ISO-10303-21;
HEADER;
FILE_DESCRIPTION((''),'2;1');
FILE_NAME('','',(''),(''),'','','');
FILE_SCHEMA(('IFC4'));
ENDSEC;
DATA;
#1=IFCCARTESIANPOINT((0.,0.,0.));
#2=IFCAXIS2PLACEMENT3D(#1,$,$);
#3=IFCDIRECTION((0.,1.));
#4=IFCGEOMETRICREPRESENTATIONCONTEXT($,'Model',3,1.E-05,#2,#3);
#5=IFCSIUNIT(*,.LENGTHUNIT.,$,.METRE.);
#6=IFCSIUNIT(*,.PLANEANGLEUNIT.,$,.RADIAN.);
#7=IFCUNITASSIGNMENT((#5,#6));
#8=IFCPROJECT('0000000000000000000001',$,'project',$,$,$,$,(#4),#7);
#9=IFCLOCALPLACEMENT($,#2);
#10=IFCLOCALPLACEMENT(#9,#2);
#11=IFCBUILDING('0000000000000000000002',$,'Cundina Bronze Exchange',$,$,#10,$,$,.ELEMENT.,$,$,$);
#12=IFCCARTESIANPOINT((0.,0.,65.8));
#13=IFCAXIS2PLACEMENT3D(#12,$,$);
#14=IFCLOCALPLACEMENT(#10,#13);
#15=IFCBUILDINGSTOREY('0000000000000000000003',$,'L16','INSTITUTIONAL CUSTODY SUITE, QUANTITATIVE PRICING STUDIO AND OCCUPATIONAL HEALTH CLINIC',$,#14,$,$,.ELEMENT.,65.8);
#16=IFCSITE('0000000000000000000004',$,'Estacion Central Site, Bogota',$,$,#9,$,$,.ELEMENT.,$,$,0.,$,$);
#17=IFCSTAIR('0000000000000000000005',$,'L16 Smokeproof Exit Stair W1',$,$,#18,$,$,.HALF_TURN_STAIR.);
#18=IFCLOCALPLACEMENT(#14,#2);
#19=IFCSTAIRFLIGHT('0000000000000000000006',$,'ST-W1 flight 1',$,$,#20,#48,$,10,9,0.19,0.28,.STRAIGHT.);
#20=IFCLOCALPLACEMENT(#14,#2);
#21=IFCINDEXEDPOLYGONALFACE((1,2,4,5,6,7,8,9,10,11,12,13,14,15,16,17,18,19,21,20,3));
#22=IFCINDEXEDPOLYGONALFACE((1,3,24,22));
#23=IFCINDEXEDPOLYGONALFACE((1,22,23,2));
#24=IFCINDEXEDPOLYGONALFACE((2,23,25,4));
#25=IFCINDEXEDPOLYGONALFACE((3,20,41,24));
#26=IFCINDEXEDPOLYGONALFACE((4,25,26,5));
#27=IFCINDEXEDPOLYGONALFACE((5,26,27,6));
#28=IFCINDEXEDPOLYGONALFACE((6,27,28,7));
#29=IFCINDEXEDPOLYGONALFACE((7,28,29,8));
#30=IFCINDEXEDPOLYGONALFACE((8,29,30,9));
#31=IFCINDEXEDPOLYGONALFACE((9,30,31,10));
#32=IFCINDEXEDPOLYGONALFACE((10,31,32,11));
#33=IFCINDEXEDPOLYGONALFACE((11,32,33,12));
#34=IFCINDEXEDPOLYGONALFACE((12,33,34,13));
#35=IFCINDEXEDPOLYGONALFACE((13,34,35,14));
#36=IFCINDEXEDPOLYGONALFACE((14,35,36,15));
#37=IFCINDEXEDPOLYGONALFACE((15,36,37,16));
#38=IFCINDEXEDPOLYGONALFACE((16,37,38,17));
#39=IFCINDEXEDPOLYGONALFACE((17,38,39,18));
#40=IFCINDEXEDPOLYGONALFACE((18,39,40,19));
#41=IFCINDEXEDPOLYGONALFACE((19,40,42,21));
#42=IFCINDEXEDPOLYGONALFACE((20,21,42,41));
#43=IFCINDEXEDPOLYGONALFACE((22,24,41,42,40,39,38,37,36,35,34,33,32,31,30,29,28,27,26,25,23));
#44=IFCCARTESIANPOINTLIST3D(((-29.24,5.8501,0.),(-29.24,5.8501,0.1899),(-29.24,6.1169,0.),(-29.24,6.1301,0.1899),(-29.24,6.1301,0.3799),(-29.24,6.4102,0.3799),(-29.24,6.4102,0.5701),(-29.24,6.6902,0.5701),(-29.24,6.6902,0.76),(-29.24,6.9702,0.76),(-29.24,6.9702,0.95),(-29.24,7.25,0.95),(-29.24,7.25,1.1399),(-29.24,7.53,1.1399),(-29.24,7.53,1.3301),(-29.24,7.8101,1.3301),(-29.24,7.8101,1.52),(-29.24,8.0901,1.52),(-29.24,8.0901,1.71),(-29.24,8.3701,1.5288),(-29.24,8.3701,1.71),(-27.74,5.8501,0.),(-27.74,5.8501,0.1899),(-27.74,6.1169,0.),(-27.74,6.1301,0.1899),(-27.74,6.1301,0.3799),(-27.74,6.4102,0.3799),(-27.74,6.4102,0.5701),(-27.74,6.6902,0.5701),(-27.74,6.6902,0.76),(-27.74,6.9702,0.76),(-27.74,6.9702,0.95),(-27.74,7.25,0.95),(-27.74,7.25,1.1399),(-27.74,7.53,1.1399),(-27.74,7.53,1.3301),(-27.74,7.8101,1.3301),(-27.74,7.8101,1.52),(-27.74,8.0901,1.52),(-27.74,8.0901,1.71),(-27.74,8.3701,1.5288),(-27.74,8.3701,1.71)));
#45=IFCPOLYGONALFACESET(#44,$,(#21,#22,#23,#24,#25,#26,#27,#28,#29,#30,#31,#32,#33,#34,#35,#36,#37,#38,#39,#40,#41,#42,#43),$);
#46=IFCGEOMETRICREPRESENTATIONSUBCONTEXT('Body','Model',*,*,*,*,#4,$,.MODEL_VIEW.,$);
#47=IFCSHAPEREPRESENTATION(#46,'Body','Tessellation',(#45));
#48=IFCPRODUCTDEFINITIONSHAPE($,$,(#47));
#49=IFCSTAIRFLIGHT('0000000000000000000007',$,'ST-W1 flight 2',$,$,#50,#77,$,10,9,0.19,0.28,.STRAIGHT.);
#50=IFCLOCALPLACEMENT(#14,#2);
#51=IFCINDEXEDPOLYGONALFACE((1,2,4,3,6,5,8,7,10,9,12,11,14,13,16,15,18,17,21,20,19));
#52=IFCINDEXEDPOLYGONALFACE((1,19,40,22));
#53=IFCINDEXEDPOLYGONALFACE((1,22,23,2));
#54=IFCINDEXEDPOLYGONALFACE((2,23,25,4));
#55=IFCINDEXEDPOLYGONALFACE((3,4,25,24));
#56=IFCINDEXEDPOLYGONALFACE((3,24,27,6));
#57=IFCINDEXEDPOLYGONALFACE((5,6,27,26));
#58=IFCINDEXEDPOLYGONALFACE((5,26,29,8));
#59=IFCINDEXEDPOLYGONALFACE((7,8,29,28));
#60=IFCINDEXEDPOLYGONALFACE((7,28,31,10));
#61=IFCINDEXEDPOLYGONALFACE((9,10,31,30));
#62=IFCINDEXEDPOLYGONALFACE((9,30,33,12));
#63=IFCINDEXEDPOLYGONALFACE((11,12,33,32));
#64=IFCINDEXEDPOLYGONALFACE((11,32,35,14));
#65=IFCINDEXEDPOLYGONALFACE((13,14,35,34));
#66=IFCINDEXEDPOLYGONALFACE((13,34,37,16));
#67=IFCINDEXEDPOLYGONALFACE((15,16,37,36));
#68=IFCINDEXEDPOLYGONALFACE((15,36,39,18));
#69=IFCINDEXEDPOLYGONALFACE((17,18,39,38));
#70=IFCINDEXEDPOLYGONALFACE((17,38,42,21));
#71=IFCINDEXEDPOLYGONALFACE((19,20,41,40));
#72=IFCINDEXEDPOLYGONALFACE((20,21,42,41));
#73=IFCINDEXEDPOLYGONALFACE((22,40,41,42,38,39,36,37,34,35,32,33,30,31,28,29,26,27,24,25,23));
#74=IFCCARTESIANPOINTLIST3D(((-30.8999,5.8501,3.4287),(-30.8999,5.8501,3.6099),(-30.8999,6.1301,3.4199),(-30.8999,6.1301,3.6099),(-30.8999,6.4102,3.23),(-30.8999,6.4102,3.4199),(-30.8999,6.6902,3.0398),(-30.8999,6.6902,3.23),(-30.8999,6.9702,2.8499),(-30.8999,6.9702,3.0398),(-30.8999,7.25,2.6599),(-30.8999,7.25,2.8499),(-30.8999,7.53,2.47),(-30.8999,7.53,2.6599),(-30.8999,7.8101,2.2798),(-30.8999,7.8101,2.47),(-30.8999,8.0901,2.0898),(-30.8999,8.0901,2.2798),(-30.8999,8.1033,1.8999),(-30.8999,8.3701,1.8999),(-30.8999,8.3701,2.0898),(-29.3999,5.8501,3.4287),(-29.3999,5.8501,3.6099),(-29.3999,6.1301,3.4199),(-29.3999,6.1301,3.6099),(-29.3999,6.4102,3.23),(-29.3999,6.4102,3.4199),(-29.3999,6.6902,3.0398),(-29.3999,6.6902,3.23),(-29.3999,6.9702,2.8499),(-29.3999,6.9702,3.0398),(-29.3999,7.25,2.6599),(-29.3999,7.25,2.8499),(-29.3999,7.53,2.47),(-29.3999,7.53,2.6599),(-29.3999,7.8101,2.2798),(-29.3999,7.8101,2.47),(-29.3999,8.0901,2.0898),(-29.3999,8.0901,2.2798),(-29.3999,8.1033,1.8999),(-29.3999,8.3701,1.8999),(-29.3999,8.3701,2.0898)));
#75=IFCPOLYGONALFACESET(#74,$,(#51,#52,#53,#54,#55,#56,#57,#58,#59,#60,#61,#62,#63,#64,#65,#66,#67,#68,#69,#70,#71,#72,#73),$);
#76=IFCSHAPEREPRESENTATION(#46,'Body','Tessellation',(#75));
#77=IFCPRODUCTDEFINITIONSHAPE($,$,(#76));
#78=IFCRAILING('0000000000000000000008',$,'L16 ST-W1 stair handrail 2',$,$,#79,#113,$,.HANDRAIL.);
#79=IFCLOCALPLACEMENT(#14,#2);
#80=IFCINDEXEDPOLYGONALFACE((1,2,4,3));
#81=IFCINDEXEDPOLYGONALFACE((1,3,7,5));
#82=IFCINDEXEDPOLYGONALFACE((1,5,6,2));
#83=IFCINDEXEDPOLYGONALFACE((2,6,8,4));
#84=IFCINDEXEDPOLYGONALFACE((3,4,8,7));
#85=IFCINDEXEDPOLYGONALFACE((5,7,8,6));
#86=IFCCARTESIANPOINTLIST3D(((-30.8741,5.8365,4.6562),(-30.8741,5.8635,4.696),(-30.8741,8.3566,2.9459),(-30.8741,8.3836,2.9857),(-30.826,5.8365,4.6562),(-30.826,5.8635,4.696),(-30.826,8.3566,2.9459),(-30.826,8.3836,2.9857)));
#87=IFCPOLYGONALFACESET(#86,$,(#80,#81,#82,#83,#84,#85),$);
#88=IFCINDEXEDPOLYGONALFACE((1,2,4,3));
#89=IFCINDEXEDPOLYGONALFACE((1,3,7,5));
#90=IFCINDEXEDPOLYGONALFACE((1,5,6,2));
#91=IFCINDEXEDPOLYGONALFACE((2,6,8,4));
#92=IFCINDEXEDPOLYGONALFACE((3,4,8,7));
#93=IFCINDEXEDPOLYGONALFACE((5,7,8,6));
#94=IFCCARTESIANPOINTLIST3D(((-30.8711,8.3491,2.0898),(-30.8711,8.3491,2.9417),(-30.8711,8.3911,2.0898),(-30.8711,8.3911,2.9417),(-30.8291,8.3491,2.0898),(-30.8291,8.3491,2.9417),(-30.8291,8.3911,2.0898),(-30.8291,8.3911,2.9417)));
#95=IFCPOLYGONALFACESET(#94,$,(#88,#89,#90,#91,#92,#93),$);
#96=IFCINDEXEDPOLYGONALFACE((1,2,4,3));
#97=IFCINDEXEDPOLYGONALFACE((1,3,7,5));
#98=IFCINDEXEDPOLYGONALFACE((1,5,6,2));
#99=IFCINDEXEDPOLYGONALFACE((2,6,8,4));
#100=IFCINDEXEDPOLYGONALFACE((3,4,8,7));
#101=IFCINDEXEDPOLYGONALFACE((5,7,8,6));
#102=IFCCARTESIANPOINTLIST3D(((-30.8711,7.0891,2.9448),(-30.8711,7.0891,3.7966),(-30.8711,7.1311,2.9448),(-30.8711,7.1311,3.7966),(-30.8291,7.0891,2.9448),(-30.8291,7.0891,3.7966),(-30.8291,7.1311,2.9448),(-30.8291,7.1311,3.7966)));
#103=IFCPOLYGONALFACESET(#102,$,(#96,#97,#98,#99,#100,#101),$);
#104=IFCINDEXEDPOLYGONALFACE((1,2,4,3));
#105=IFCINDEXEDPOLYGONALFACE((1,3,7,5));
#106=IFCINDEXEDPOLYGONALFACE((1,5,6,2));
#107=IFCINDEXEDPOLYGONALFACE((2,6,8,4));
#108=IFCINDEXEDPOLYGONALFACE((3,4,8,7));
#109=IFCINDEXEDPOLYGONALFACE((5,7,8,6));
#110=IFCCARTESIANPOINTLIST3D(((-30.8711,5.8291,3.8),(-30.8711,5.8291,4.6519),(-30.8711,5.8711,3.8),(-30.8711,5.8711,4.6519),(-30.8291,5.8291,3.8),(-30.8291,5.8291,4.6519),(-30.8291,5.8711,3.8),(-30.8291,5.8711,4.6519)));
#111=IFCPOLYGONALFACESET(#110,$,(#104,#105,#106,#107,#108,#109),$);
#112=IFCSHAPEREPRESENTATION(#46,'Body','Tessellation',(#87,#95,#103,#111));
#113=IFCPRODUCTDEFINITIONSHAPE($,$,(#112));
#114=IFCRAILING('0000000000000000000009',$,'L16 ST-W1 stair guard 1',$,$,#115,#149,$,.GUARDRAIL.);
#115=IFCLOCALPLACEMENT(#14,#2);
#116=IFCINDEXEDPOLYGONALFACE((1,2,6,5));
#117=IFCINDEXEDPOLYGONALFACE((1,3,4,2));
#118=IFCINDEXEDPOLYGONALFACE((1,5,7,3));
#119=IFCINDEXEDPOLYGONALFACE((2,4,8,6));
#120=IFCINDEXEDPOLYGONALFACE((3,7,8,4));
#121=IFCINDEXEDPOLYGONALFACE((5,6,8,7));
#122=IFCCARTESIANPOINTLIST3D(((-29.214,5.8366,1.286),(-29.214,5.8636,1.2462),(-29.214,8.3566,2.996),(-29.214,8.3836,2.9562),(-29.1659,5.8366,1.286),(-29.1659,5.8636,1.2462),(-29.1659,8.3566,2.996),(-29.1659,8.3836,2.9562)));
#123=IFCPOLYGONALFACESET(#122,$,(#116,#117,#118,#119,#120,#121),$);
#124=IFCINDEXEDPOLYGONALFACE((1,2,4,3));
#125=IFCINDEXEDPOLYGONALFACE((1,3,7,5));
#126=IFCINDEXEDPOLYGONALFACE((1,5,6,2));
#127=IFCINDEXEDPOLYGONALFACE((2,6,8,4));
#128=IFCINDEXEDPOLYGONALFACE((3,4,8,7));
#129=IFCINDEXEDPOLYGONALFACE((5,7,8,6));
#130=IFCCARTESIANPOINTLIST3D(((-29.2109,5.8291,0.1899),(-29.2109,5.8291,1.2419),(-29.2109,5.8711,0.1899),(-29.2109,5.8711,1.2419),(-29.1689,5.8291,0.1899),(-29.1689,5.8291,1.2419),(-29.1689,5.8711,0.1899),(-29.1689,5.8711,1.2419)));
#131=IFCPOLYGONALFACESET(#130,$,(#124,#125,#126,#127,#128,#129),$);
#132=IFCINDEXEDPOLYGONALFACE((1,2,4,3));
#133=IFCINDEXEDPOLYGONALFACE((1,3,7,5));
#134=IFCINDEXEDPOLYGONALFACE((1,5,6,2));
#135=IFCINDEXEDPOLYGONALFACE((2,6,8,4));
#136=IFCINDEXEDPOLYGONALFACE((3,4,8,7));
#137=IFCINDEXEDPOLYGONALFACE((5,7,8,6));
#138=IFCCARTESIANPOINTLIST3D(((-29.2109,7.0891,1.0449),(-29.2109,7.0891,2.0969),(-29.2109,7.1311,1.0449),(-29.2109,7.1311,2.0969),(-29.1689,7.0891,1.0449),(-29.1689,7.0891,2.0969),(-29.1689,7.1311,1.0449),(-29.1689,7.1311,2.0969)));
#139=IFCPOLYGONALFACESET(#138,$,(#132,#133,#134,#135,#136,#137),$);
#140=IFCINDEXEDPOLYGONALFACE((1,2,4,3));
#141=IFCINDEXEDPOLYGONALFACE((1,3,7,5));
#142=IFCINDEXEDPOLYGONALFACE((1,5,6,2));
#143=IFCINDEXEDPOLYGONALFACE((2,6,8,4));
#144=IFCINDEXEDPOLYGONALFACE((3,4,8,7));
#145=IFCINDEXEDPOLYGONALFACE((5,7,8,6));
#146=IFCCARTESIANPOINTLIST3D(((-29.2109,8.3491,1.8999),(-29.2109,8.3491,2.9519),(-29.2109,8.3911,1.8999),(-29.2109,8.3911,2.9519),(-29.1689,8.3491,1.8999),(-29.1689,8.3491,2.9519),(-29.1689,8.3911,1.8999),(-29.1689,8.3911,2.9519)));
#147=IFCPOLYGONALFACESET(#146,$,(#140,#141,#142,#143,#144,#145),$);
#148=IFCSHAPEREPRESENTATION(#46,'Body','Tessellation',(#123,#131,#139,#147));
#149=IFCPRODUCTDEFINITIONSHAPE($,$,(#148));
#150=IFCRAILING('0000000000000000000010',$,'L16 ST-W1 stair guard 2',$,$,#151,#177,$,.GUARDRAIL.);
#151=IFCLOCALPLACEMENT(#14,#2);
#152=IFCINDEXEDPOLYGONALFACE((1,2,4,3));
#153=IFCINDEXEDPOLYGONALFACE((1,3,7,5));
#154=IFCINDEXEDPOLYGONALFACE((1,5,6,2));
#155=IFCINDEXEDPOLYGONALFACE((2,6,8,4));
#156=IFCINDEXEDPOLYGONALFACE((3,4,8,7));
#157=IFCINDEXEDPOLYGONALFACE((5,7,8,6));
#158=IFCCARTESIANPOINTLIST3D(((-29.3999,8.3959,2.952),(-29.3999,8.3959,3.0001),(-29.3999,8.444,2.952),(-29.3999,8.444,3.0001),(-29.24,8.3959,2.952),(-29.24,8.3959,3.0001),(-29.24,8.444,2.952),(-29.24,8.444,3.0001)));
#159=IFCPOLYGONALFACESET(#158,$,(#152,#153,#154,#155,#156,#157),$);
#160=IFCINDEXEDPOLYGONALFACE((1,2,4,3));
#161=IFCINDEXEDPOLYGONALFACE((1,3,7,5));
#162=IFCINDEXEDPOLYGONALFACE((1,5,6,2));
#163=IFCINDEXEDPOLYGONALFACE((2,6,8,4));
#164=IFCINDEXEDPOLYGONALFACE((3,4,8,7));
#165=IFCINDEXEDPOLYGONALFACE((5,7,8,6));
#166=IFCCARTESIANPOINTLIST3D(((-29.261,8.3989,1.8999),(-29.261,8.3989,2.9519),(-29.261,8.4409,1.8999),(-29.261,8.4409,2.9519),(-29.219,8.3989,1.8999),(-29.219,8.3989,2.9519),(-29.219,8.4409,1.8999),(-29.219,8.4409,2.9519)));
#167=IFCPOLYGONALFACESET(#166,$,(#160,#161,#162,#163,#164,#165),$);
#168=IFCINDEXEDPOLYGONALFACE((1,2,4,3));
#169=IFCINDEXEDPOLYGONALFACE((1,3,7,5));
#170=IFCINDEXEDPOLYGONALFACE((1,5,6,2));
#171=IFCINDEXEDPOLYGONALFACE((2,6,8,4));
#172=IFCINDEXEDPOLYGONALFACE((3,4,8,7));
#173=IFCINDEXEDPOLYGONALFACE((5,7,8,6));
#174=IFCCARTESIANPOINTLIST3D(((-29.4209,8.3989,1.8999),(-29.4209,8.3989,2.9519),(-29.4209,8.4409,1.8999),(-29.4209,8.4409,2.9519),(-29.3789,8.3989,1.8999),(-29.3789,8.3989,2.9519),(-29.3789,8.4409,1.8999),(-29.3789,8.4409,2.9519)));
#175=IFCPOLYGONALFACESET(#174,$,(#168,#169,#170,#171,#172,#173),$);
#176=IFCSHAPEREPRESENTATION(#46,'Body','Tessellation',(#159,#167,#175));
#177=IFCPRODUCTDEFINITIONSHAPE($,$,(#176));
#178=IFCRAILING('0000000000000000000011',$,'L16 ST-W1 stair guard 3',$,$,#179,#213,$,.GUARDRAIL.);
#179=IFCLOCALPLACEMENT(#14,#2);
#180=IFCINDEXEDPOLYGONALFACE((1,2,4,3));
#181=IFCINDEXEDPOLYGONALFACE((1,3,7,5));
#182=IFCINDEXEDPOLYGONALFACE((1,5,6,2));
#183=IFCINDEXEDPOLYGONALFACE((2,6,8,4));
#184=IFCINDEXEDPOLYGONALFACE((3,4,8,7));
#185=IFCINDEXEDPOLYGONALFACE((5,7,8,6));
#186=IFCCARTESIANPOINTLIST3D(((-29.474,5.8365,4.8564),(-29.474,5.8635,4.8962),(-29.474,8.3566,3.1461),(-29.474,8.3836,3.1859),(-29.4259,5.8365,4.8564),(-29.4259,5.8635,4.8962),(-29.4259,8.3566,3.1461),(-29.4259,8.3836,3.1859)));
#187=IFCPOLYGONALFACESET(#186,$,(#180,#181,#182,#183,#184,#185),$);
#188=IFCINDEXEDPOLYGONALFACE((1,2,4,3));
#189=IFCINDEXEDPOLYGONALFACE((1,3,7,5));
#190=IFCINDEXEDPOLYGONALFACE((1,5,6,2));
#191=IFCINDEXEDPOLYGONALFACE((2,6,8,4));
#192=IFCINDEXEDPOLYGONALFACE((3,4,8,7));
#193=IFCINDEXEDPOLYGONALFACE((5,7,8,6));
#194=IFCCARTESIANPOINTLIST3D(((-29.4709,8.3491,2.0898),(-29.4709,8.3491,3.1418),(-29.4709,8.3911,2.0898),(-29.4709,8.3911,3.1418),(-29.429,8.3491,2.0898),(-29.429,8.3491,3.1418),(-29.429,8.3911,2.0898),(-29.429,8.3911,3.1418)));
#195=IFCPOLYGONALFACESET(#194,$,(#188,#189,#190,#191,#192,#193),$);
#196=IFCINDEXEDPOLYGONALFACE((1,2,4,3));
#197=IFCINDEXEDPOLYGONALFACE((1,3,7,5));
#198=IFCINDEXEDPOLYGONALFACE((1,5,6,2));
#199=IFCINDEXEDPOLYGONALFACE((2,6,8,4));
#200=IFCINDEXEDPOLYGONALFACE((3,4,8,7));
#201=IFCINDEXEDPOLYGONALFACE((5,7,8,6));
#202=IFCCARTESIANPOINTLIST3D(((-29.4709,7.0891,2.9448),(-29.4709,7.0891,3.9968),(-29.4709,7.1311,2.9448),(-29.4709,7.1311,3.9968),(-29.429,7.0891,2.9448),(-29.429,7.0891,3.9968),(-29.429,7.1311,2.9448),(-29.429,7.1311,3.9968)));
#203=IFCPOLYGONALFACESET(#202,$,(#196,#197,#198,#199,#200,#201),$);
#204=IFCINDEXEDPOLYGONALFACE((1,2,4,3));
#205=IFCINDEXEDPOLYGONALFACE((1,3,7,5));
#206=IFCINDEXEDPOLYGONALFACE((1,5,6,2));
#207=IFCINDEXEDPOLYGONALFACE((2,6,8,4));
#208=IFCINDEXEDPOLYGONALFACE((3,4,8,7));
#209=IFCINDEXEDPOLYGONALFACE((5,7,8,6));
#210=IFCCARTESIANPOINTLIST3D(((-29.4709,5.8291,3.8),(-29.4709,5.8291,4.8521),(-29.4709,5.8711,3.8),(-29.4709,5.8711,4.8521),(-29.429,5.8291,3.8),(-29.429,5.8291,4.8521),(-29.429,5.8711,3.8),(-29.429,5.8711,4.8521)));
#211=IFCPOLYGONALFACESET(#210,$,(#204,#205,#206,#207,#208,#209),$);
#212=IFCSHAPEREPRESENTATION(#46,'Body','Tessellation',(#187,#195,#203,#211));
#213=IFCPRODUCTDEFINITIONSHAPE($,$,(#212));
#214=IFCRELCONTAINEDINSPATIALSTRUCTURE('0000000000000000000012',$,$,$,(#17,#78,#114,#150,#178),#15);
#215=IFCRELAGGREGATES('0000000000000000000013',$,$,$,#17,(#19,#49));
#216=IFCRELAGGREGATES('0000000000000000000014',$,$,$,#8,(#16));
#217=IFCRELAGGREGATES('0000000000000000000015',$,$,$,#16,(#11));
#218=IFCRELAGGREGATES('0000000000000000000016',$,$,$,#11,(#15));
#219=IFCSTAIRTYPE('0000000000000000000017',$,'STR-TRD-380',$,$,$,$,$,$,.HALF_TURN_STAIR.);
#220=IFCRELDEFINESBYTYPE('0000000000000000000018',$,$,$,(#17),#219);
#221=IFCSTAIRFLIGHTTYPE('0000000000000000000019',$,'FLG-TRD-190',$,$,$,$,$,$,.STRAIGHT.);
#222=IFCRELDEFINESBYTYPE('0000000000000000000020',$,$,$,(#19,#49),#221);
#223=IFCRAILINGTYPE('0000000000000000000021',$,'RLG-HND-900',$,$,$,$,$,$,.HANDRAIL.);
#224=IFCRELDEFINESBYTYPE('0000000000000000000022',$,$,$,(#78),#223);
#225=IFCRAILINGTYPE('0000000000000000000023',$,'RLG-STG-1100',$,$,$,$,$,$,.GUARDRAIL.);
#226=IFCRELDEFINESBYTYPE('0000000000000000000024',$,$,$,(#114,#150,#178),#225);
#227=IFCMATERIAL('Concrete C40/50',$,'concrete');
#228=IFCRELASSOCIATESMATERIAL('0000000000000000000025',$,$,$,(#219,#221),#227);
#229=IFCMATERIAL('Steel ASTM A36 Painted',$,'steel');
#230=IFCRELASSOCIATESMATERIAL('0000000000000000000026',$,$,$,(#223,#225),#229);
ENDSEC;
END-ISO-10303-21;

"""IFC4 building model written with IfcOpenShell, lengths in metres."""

from ifc_helpers import new_model, si_unit, direction, frame, origin, origin_2d, place, context, subcontext, project, spatial, polyline, rectangle, outline, extrude, material, type_object, element, aggregate, save


model = new_model("IFC4")

# Units and contexts
model_context = context("Model", 3, precision=1e-05, world=origin(), true_north=direction((0.0, 1.0)))
body_context = subcontext(model_context, "Body", "Model", "MODEL_VIEW")
ifc_project = project(units=[si_unit("LENGTHUNIT", "METRE"), si_unit("PLANEANGLEUNIT", "RADIAN")], contexts=[model_context])

# Site, building, storey
site_placement = place(None, origin())
site = spatial("IfcSite", under=ifc_project, at=site_placement, Name="Estacion Central Site, Bogota", CompositionType="ELEMENT", RefElevation=0.0)
building_placement = place(site_placement, origin())
building = spatial("IfcBuilding", under=site, at=building_placement, Name="Cundina Bronze Exchange", CompositionType="ELEMENT")
storey_placement = place(building_placement, frame((0.0, 0.0, 65.8)))
storey = spatial("IfcBuildingStorey", under=building, at=storey_placement, Name="L16", Description="INSTITUTIONAL CUSTODY SUITE, QUANTITATIVE PRICING STUDIO AND OCCUPATIONAL HEALTH CLINIC", CompositionType="ELEMENT", Elevation=65.8)

# Shared definitions
ifc_material_1 = material(Name="Steel ASTM A36 Painted", Category="steel")

# Stair, stair flights
ifc_material_2 = material(Name="Concrete C40/50", Category="concrete")
stair_type = type_object("IfcStairType", Name="STR-TRD-380", PredefinedType="HALF_TURN_STAIR", material=ifc_material_2)
stair_placement = place(storey_placement, origin())
stair = element("IfcStair", 1, at=stair_placement, inside=storey, type_object=stair_type, Name="L16 Smokeproof Exit Stair W1", PredefinedType="HALF_TURN_STAIR")
stair_flight_type = type_object("IfcStairFlightType", Name="FLG-TRD-190", PredefinedType="STRAIGHT", material=ifc_material_2)
stair_flight_1_placement = place(storey_placement, frame((-28.49, 5.8501, 0.0), z_axis=(0.0, 0.0, 1.0), x_axis=(0.0, 1.0, 0.0)))
stair_flight_1 = element("IfcStairFlight", 2, at=stair_flight_1_placement, type_object=stair_flight_type, Name="ST-W1 flight 1", NumberOfRisers=10, NumberOfTreads=9, PredefinedType="STRAIGHT", RiserHeight=0.19, TreadLength=0.28, context=body_context, shape_type="SweptSolid", body=[
    extrude(outline(polyline([(0.0, 0.0), (0.0, 0.1899), (0.28, 0.1899), (0.28, 0.3799), (0.5601, 0.3799), (0.5601, 0.5701), (0.8401, 0.5701), (0.8401, 0.76), (1.1201, 0.76), (1.1201, 0.95), (1.3999, 0.95), (1.3999, 1.1399), (1.6799, 1.1399), (1.6799, 1.3301), (1.96, 1.3301), (1.96, 1.52), (2.24, 1.52), (2.24, 1.71), (2.52, 1.71), (2.52, 1.8999), (2.52, 1.5288), (0.2668, 0.0), (0.0, 0.0)])), frame((0.0, 0.75, 0.0), z_axis=(0.0, -1.0, 0.0), x_axis=(1.0, 0.0, 0.0)), (0.0, 0.0, 1.0), 1.5),
])
stair_flight_2_placement = place(storey_placement, frame((-30.1499, 8.3701, 1.8999), z_axis=(0.0, 0.0, 1.0), x_axis=(0.0, -1.0, 0.0)))
stair_flight_2 = element("IfcStairFlight", 3, at=stair_flight_2_placement, type_object=stair_flight_type, Name="ST-W1 flight 2", NumberOfRisers=10, NumberOfTreads=9, PredefinedType="STRAIGHT", RiserHeight=0.19, TreadLength=0.28, context=body_context, shape_type="SweptSolid", body=[
    extrude(outline(polyline([(0.0, 0.0), (0.0, 0.1899), (0.28, 0.1899), (0.28, 0.3799), (0.5601, 0.3799), (0.5601, 0.5701), (0.8401, 0.5701), (0.8401, 0.76), (1.1201, 0.76), (1.1201, 0.95), (1.3999, 0.95), (1.3999, 1.1399), (1.6799, 1.1399), (1.6799, 1.3301), (1.96, 1.3301), (1.96, 1.52), (2.24, 1.52), (2.24, 1.71), (2.52, 1.71), (2.52, 1.8999), (2.52, 1.5288), (0.2668, 0.0), (0.0, 0.0)])), frame((0.0, 0.75, 0.0), z_axis=(0.0, -1.0, 0.0), x_axis=(1.0, 0.0, 0.0)), (0.0, 0.0, 1.0), 1.5),
])
aggregate(stair, [stair_flight_1, stair_flight_2])

# Railings
railing_type_1 = type_object("IfcRailingType", Name="RLG-HND-900", PredefinedType="HANDRAIL", material=ifc_material_1)
railing_1_placement = place(storey_placement, frame((-30.8501, 8.3701, 2.0898)))
element("IfcRailing", 4, at=railing_1_placement, inside=storey, type_object=railing_type_1, Name="L16 ST-W1 stair handrail 2", PredefinedType="HANDRAIL", context=body_context, shape_type="SweptSolid", body=[
    extrude(rectangle(XDim=0.0481, YDim=0.0481, at=origin_2d()), frame((0.0, 0.0, 0.876), z_axis=(0.0, -0.827447, 0.561545), x_axis=(1.0, 0.0, 0.0)), (0.0, 0.0, 1.0), 3.0457),
    extrude(rectangle(XDim=0.042, YDim=0.042, at=origin_2d()), origin(), (0.0, 0.0, 1.0), 0.8518),
    extrude(rectangle(XDim=0.042, YDim=0.042, at=origin_2d()), frame((0.0, -1.26, 0.855)), (0.0, 0.0, 1.0), 0.8518),
    extrude(rectangle(XDim=0.042, YDim=0.042, at=origin_2d()), frame((0.0, -2.52, 1.7102)), (0.0, 0.0, 1.0), 0.8518),
])
railing_type_2 = type_object("IfcRailingType", Name="RLG-STG-1100", PredefinedType="GUARDRAIL", material=ifc_material_1)
railing_2_placement = place(storey_placement, frame((-29.1899, 5.8501, 0.1899)))
element("IfcRailing", 5, at=railing_2_placement, inside=storey, type_object=railing_type_2, Name="L16 ST-W1 stair guard 1", PredefinedType="GUARDRAIL", context=body_context, shape_type="SweptSolid", body=[
    extrude(rectangle(XDim=0.0481, YDim=0.0481, at=origin_2d()), frame((0.0, 0.0, 1.0762), z_axis=(0.0, 0.827484, 0.56149), x_axis=(-1.0, 0.0, 0.0)), (0.0, 0.0, 1.0), 3.0454),
    extrude(rectangle(XDim=0.042, YDim=0.042, at=origin_2d()), origin(), (0.0, 0.0, 1.0), 1.052),
    extrude(rectangle(XDim=0.042, YDim=0.042, at=origin_2d()), frame((0.0, 1.26, 0.855)), (0.0, 0.0, 1.0), 1.052),
    extrude(rectangle(XDim=0.042, YDim=0.042, at=origin_2d()), frame((0.0, 2.52, 1.71)), (0.0, 0.0, 1.0), 1.052),
])
railing_3_placement = place(storey_placement, frame((-29.24, 8.4199, 1.8999)))
element("IfcRailing", 6, at=railing_3_placement, inside=storey, type_object=railing_type_2, Name="L16 ST-W1 stair guard 2", PredefinedType="GUARDRAIL", context=body_context, shape_type="SweptSolid", body=[
    extrude(rectangle(XDim=0.0481, YDim=0.0481, at=origin_2d()), frame((0.0, 0.0, 1.0762), z_axis=(-1.0, 0.0, 0.0), x_axis=(0.0, -1.0, 0.0)), (0.0, 0.0, 1.0), 0.1599),
    extrude(rectangle(XDim=0.042, YDim=0.042, at=origin_2d()), origin(), (0.0, 0.0, 1.0), 1.052),
    extrude(rectangle(XDim=0.042, YDim=0.042, at=origin_2d()), frame((-0.1599, 0.0, 0.0)), (0.0, 0.0, 1.0), 1.052),
])
railing_4_placement = place(storey_placement, frame((-29.45, 8.3701, 2.0898)))
element("IfcRailing", 7, at=railing_4_placement, inside=storey, type_object=railing_type_2, Name="L16 ST-W1 stair guard 3", PredefinedType="GUARDRAIL", context=body_context, shape_type="SweptSolid", body=[
    extrude(rectangle(XDim=0.0481, YDim=0.0481, at=origin_2d()), frame((0.0, 0.0, 1.0762), z_axis=(0.0, -0.827447, 0.561545), x_axis=(1.0, 0.0, 0.0)), (0.0, 0.0, 1.0), 3.0457),
    extrude(rectangle(XDim=0.042, YDim=0.042, at=origin_2d()), origin(), (0.0, 0.0, 1.0), 1.052),
    extrude(rectangle(XDim=0.042, YDim=0.042, at=origin_2d()), frame((0.0, -1.26, 0.855)), (0.0, 0.0, 1.0), 1.052),
    extrude(rectangle(XDim=0.042, YDim=0.042, at=origin_2d()), frame((0.0, -2.52, 1.7102)), (0.0, 0.0, 1.0), 1.052),
])

save(model, "model.ifc")
